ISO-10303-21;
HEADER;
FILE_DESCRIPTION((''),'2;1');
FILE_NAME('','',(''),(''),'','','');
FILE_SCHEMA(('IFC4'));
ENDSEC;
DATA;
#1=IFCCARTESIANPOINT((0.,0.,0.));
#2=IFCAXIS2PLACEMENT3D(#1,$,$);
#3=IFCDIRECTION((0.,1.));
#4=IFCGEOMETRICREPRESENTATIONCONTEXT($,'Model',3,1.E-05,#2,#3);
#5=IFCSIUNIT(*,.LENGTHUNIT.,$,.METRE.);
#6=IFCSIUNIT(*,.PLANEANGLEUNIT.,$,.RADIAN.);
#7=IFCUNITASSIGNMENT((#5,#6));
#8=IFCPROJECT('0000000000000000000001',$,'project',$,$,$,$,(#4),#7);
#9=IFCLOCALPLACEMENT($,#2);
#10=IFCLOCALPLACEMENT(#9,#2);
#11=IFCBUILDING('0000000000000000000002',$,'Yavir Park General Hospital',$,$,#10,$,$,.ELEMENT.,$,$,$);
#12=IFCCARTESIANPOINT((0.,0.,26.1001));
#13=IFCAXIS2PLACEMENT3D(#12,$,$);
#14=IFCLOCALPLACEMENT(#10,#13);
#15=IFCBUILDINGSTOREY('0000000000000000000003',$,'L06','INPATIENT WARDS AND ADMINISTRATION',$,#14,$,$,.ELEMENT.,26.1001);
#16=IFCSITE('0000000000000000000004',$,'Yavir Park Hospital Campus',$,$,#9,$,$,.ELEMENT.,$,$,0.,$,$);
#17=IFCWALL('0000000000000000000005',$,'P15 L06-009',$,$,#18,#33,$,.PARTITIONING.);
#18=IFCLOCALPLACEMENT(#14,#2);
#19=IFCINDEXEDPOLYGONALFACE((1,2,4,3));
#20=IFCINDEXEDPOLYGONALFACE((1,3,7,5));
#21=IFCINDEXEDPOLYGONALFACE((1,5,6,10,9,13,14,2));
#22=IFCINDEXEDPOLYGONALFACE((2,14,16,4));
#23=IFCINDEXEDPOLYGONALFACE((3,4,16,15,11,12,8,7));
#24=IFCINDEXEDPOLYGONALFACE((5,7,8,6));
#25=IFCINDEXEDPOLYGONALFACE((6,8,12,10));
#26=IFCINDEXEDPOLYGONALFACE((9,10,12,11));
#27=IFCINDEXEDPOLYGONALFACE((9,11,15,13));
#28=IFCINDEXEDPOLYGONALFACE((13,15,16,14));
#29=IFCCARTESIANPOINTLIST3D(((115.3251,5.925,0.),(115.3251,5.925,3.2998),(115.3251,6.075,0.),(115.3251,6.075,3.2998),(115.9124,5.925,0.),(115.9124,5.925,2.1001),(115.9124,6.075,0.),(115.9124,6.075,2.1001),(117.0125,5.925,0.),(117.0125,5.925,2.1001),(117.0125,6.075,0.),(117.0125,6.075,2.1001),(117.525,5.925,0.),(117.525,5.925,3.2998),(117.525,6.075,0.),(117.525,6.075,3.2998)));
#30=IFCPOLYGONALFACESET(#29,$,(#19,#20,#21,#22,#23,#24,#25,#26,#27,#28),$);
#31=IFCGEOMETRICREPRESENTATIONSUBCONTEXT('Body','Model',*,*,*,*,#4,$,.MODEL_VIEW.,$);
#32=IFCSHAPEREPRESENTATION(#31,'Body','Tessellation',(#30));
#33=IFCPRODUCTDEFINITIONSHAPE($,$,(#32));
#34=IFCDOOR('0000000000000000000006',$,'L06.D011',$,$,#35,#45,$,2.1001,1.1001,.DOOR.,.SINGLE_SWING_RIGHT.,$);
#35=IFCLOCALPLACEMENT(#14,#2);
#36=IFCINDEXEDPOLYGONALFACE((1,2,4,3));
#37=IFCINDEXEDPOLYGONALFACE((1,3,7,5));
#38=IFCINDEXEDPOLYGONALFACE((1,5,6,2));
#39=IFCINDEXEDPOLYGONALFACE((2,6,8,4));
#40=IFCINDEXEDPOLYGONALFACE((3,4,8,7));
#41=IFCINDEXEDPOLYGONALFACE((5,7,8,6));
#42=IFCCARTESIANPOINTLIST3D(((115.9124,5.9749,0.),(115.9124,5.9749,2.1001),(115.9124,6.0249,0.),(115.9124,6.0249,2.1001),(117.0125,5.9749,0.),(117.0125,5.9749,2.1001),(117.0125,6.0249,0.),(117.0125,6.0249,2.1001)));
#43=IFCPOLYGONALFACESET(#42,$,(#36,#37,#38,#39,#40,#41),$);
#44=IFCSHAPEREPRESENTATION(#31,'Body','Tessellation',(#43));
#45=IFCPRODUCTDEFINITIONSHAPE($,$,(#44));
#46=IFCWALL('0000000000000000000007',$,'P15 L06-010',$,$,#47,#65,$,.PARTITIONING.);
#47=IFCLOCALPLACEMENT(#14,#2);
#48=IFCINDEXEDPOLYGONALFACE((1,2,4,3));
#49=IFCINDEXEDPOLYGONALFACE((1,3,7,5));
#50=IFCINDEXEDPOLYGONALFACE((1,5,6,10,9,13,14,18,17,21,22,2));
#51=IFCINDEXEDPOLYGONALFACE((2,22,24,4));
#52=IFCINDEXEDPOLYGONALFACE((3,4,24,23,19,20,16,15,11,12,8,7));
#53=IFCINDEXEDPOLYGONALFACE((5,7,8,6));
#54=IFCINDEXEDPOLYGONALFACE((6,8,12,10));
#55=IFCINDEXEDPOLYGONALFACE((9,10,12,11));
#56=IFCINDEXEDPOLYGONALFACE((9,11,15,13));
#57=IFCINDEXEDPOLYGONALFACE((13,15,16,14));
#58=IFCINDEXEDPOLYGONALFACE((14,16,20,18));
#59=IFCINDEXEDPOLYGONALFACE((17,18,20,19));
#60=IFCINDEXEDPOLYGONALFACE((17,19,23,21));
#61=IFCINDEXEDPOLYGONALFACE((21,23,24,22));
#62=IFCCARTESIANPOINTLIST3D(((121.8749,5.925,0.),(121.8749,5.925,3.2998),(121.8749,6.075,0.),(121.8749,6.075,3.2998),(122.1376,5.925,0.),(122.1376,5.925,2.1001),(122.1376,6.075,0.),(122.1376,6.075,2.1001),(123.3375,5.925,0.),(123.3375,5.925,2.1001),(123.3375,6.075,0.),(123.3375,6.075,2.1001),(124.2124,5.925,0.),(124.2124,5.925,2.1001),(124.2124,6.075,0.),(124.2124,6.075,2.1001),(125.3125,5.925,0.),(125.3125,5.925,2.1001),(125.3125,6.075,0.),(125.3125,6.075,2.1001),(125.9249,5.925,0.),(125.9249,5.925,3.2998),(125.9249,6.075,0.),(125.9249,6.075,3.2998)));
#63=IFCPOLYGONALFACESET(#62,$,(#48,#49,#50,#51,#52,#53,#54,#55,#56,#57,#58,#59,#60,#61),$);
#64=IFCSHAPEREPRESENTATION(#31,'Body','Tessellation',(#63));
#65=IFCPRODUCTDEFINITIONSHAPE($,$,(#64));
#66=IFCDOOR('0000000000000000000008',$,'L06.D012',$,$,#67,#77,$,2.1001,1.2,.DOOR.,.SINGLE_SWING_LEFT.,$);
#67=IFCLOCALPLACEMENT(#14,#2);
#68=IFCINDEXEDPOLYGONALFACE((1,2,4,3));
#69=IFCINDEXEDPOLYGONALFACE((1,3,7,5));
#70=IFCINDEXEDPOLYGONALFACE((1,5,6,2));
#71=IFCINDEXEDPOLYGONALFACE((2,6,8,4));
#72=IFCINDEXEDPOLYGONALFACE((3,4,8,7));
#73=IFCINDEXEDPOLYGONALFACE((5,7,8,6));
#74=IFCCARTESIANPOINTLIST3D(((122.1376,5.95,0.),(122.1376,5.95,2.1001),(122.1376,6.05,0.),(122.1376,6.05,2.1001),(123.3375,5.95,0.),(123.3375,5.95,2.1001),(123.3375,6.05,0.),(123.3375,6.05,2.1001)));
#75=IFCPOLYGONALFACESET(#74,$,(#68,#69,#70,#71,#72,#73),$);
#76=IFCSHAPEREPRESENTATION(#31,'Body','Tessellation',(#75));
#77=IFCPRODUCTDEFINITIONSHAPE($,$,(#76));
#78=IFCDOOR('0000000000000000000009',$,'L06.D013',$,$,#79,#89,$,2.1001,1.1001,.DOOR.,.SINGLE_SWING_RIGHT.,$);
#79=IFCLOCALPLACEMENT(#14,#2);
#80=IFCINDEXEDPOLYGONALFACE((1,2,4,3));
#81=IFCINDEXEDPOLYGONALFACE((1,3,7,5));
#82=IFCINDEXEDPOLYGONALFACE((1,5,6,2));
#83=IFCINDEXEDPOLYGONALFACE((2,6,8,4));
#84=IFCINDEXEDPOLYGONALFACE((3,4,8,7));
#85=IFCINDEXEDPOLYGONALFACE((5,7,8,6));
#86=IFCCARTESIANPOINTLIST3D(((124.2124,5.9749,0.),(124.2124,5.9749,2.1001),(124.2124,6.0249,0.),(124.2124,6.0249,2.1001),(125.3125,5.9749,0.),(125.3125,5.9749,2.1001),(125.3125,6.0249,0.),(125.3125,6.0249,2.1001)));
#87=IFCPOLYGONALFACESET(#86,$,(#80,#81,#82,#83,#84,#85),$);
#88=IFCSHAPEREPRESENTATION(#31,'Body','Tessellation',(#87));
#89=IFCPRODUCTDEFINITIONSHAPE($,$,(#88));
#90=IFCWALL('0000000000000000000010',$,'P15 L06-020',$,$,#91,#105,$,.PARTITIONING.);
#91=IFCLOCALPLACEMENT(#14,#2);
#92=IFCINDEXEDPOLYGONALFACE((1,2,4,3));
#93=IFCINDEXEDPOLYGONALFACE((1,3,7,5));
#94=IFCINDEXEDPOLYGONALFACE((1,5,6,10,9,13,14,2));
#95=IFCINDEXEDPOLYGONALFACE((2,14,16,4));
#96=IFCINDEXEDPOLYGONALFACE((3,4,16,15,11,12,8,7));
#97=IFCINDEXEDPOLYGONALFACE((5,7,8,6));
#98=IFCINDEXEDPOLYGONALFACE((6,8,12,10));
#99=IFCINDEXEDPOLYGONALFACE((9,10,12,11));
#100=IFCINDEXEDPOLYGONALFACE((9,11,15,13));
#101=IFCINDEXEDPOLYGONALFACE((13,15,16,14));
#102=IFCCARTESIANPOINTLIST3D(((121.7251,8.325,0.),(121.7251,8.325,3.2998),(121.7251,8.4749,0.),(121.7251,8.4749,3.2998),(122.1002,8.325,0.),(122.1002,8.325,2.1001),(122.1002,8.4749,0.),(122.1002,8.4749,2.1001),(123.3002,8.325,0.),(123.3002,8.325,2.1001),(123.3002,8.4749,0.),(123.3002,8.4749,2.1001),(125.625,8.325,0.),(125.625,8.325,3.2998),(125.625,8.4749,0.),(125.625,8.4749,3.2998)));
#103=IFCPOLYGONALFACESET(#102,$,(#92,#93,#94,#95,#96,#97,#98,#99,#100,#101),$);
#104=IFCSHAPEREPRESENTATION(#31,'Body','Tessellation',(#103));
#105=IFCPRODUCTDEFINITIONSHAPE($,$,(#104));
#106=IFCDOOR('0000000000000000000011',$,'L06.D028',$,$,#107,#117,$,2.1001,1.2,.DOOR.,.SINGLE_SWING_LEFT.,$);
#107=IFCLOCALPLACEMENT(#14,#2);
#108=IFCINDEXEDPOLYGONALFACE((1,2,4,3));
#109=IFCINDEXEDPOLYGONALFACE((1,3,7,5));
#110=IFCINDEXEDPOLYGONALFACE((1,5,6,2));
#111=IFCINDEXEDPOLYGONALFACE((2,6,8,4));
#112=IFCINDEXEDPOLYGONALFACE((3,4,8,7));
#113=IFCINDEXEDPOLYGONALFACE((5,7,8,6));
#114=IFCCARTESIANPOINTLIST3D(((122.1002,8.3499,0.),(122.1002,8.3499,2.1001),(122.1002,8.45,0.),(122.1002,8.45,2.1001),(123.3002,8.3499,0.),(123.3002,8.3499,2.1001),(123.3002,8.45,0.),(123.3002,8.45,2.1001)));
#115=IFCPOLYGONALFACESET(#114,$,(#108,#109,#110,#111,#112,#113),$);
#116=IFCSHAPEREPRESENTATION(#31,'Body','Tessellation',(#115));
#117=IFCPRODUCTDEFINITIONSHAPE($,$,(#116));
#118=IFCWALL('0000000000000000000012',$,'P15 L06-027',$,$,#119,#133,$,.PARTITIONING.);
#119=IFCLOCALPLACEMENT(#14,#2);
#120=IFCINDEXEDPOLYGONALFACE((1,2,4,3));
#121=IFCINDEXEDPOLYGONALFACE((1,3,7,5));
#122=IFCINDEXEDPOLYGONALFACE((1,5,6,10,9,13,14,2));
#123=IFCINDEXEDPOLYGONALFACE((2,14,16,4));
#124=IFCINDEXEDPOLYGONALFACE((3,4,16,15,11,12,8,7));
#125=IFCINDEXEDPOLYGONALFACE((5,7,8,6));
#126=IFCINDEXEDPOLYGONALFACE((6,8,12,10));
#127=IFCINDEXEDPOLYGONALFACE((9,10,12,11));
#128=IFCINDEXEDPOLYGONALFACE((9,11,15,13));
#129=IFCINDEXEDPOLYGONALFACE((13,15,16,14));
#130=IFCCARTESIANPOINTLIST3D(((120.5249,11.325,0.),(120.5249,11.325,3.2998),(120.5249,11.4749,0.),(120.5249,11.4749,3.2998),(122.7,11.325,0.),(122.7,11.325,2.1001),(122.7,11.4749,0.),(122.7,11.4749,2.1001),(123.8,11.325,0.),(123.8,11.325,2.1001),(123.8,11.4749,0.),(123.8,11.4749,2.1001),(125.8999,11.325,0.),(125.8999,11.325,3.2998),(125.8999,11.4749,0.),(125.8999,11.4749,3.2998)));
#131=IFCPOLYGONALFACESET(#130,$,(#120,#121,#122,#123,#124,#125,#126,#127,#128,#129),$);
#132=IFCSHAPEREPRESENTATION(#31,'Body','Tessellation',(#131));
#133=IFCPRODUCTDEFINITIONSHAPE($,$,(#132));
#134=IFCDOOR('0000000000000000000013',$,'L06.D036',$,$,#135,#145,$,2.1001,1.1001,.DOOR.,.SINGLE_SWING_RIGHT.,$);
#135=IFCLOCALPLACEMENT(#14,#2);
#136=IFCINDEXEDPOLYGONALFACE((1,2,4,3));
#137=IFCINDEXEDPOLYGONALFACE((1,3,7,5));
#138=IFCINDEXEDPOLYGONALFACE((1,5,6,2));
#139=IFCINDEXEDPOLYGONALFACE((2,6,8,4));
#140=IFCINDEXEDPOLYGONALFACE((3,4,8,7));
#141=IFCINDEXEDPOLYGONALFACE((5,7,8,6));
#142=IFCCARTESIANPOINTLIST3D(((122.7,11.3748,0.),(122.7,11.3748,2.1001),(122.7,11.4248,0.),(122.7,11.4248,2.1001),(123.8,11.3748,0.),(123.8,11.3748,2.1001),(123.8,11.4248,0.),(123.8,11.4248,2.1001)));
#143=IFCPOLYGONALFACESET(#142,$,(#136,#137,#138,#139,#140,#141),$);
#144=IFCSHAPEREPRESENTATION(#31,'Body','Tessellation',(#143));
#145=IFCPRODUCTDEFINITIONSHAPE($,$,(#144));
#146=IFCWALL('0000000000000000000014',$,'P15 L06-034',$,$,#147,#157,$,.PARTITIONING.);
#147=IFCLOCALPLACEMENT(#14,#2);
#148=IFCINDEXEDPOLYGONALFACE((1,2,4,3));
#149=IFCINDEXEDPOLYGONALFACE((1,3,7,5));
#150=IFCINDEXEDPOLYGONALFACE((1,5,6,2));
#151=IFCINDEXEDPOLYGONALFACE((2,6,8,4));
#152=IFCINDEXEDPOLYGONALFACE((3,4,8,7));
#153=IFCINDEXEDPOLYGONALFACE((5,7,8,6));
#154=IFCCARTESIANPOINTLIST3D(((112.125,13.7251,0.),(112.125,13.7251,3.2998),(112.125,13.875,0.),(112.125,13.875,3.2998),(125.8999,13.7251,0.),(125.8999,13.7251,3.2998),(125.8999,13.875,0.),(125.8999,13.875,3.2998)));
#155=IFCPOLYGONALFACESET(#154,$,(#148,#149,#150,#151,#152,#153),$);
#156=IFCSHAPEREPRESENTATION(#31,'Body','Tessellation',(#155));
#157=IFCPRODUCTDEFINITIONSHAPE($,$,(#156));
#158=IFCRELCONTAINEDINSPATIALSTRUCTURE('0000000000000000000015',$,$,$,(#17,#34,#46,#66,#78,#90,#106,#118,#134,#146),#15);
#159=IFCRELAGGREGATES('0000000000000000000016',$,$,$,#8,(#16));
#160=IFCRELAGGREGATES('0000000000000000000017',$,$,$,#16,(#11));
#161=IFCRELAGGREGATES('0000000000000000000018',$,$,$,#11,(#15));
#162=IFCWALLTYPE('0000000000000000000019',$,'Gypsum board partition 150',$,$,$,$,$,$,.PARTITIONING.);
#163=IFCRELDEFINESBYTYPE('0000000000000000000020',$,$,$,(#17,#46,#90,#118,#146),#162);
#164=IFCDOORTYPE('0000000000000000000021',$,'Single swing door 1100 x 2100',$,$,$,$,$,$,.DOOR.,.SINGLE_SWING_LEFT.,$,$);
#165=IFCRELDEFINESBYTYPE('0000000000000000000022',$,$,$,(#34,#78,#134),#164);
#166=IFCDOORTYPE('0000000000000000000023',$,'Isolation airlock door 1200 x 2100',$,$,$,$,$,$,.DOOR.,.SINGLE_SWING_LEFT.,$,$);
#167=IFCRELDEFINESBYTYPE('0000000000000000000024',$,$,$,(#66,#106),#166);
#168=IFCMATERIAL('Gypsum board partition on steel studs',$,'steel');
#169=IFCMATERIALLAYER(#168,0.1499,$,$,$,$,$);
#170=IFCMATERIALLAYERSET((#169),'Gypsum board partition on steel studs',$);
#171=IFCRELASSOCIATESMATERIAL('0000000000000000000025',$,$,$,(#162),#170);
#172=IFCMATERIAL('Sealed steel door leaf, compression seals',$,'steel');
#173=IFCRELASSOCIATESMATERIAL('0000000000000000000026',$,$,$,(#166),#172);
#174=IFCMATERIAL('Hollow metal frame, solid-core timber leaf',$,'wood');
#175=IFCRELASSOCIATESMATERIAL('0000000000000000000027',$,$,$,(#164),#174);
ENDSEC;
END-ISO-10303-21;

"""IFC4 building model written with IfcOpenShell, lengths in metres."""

from ifc_helpers import new_model, si_unit, direction, frame, frame_2d, origin, place, context, subcontext, project, spatial, rectangle, extrude, material, layer, layer_set, type_object, element, fill, save


model = new_model("IFC4")

# Units and contexts
model_context = context("Model", 3, precision=1e-05, world=origin(), true_north=direction((0.0, 1.0)))
body_context = subcontext(model_context, "Body", "Model", "MODEL_VIEW")
ifc_project = project(units=[si_unit("LENGTHUNIT", "METRE"), si_unit("PLANEANGLEUNIT", "RADIAN")], contexts=[model_context])

# Site, building, storey
site_placement = place(None, origin())
site = spatial("IfcSite", under=ifc_project, at=site_placement, Name="Yavir Park Hospital Campus", CompositionType="ELEMENT", RefElevation=0.0)
building_placement = place(site_placement, origin())
building = spatial("IfcBuilding", under=site, at=building_placement, Name="Yavir Park General Hospital", CompositionType="ELEMENT")
storey_placement = place(building_placement, frame((0.0, 0.0, 26.1001)))
storey = spatial("IfcBuildingStorey", under=building, at=storey_placement, Name="L06", Description="INPATIENT WARDS AND ADMINISTRATION", CompositionType="ELEMENT", Elevation=26.1001)

# Shared definitions
ifc_material_1 = material(Name="Gypsum board partition on steel studs", Category="steel")
ifc_layer_1 = layer(ifc_material_1, 0.1499)
ifc_layer_set_1 = layer_set([ifc_layer_1], Name="Gypsum board partition on steel studs")
wall_type_1 = type_object("IfcWallType", Name="Gypsum board partition 150", PredefinedType="PARTITIONING", material=ifc_layer_set_1)
ifc_material_2 = material(Name="Sealed steel door leaf, compression seals", Category="steel")
door_type_1 = type_object("IfcDoorType", Name="Isolation airlock door 1200 x 2100", OperationType="SINGLE_SWING_LEFT", PredefinedType="DOOR", material=ifc_material_2)
ifc_material_3 = material(Name="Hollow metal frame, solid-core timber leaf", Category="wood")
door_type_2 = type_object("IfcDoorType", Name="Single swing door 1100 x 2100", OperationType="SINGLE_SWING_LEFT", PredefinedType="DOOR", material=ifc_material_3)

# Wall, opening, door
wall_1_placement = place(storey_placement, frame((115.325, 6.0, 0.0), z_axis=(0.0, 0.0, 1.0), x_axis=(1.0, 0.0, 0.0)))
wall_1 = element("IfcWall", 1, at=wall_1_placement, inside=storey, type_object=wall_type_1, Name="P15 L06-009", PredefinedType="PARTITIONING", context=body_context, shape_type="SweptSolid", body=[
    extrude(rectangle(XDim=2.2, YDim=0.1499, at=frame_2d((1.1001, 0.0))), origin(), (0.0, 0.0, 1.0), 3.2998),
])
opening_1_placement = place(wall_1_placement, frame((0.5874, 0.0, 0.0)))
opening_1 = element("IfcOpeningElement", 2, at=opening_1_placement, cuts=wall_1, PredefinedType="OPENING", context=body_context, shape_type="SweptSolid", body=[
    extrude(rectangle(XDim=1.1001, YDim=2.1001, at=frame_2d((0.55, 1.05))), frame((0.0, 0.085, 0.0), z_axis=(0.0, -1.0, 0.0), x_axis=(1.0, 0.0, 0.0)), (0.0, 0.0, 1.0), 0.1699),
])
door_1_placement = place(opening_1_placement, origin())
door_1 = element("IfcDoor", 3, at=door_1_placement, inside=storey, type_object=door_type_2, Name="L06.D011", OperationType="SINGLE_SWING_RIGHT", OverallHeight=2.1001, OverallWidth=1.1001, PredefinedType="DOOR", context=body_context, shape_type="SweptSolid", body=[
    extrude(rectangle(XDim=1.1001, YDim=2.1001, at=frame_2d((0.55, 1.05))), frame((0.0, 0.0249, 0.0), z_axis=(0.0, -1.0, 0.0), x_axis=(1.0, 0.0, 0.0)), (0.0, 0.0, 1.0), 0.05),
])
fill(opening_1, door_1)

# Wall, openings, doors
wall_2_placement = place(storey_placement, frame((121.875, 6.0, 0.0), z_axis=(0.0, 0.0, 1.0), x_axis=(1.0, 0.0, 0.0)))
wall_2 = element("IfcWall", 4, at=wall_2_placement, inside=storey, type_object=wall_type_1, Name="P15 L06-010", PredefinedType="PARTITIONING", context=body_context, shape_type="SweptSolid", body=[
    extrude(rectangle(XDim=4.05, YDim=0.1499, at=frame_2d((2.0249, 0.0))), origin(), (0.0, 0.0, 1.0), 3.2998),
])
opening_2_placement = place(wall_2_placement, frame((0.2625, 0.0, 0.0)))
opening_2 = element("IfcOpeningElement", 5, at=opening_2_placement, cuts=wall_2, PredefinedType="OPENING", context=body_context, shape_type="SweptSolid", body=[
    extrude(rectangle(XDim=1.2, YDim=2.1001, at=frame_2d((0.6001, 1.05))), frame((0.0, 0.085, 0.0), z_axis=(0.0, -1.0, 0.0), x_axis=(1.0, 0.0, 0.0)), (0.0, 0.0, 1.0), 0.1699),
])
opening_3_placement = place(wall_2_placement, frame((2.3374, 0.0, 0.0)))
opening_3 = element("IfcOpeningElement", 6, at=opening_3_placement, cuts=wall_2, PredefinedType="OPENING", context=body_context, shape_type="SweptSolid", body=[
    extrude(rectangle(XDim=1.1001, YDim=2.1001, at=frame_2d((0.55, 1.05))), frame((0.0, 0.085, 0.0), z_axis=(0.0, -1.0, 0.0), x_axis=(1.0, 0.0, 0.0)), (0.0, 0.0, 1.0), 0.1699),
])
door_2_placement = place(opening_2_placement, origin())
door_2 = element("IfcDoor", 7, at=door_2_placement, inside=storey, type_object=door_type_1, Name="L06.D012", OperationType="SINGLE_SWING_LEFT", OverallHeight=2.1001, OverallWidth=1.2, PredefinedType="DOOR", context=body_context, shape_type="SweptSolid", body=[
    extrude(rectangle(XDim=1.2, YDim=2.1001, at=frame_2d((0.6001, 1.05))), frame((0.0, 0.05, 0.0), z_axis=(0.0, -1.0, 0.0), x_axis=(1.0, 0.0, 0.0)), (0.0, 0.0, 1.0), 0.1001),
])
fill(opening_2, door_2)
door_3_placement = place(opening_3_placement, origin())
door_3 = element("IfcDoor", 8, at=door_3_placement, inside=storey, type_object=door_type_2, Name="L06.D013", OperationType="SINGLE_SWING_RIGHT", OverallHeight=2.1001, OverallWidth=1.1001, PredefinedType="DOOR", context=body_context, shape_type="SweptSolid", body=[
    extrude(rectangle(XDim=1.1001, YDim=2.1001, at=frame_2d((0.55, 1.05))), frame((0.0, 0.0249, 0.0), z_axis=(0.0, -1.0, 0.0), x_axis=(1.0, 0.0, 0.0)), (0.0, 0.0, 1.0), 0.05),
])
fill(opening_3, door_3)

# Walls, openings, doors
wall_3_placement = place(storey_placement, frame((121.7251, 8.3999, 0.0), z_axis=(0.0, 0.0, 1.0), x_axis=(1.0, 0.0, 0.0)))
wall_3 = element("IfcWall", 9, at=wall_3_placement, inside=storey, type_object=wall_type_1, Name="P15 L06-020", PredefinedType="PARTITIONING", context=body_context, shape_type="SweptSolid", body=[
    extrude(rectangle(XDim=3.8999, YDim=0.1499, at=frame_2d((1.95, 0.0))), origin(), (0.0, 0.0, 1.0), 3.2998),
])
opening_4_placement = place(wall_3_placement, frame((0.375, 0.0, 0.0)))
opening_4 = element("IfcOpeningElement", 10, at=opening_4_placement, cuts=wall_3, PredefinedType="OPENING", context=body_context, shape_type="SweptSolid", body=[
    extrude(rectangle(XDim=1.2, YDim=2.1001, at=frame_2d((0.6001, 1.05))), frame((0.0, 0.085, 0.0), z_axis=(0.0, -1.0, 0.0), x_axis=(1.0, 0.0, 0.0)), (0.0, 0.0, 1.0), 0.1699),
])
door_4_placement = place(opening_4_placement, origin())
door_4 = element("IfcDoor", 11, at=door_4_placement, inside=storey, type_object=door_type_1, Name="L06.D028", OperationType="SINGLE_SWING_LEFT", OverallHeight=2.1001, OverallWidth=1.2, PredefinedType="DOOR", context=body_context, shape_type="SweptSolid", body=[
    extrude(rectangle(XDim=1.2, YDim=2.1001, at=frame_2d((0.6001, 1.05))), frame((0.0, 0.05, 0.0), z_axis=(0.0, -1.0, 0.0), x_axis=(1.0, 0.0, 0.0)), (0.0, 0.0, 1.0), 0.1001),
])
fill(opening_4, door_4)
wall_4_placement = place(storey_placement, frame((120.5249, 11.3999, 0.0), z_axis=(0.0, 0.0, 1.0), x_axis=(1.0, 0.0, 0.0)))
wall_4 = element("IfcWall", 12, at=wall_4_placement, inside=storey, type_object=wall_type_1, Name="P15 L06-027", PredefinedType="PARTITIONING", context=body_context, shape_type="SweptSolid", body=[
    extrude(rectangle(XDim=5.375, YDim=0.1499, at=frame_2d((2.6875, 0.0))), origin(), (0.0, 0.0, 1.0), 3.2998),
])
opening_5_placement = place(wall_4_placement, frame((2.175, 0.0, 0.0)))
opening_5 = element("IfcOpeningElement", 13, at=opening_5_placement, cuts=wall_4, PredefinedType="OPENING", context=body_context, shape_type="SweptSolid", body=[
    extrude(rectangle(XDim=1.1001, YDim=2.1001, at=frame_2d((0.55, 1.05))), frame((0.0, 0.085, 0.0), z_axis=(0.0, -1.0, 0.0), x_axis=(1.0, 0.0, 0.0)), (0.0, 0.0, 1.0), 0.1699),
])
door_5_placement = place(opening_5_placement, origin())
door_5 = element("IfcDoor", 14, at=door_5_placement, inside=storey, type_object=door_type_2, Name="L06.D036", OperationType="SINGLE_SWING_RIGHT", OverallHeight=2.1001, OverallWidth=1.1001, PredefinedType="DOOR", context=body_context, shape_type="SweptSolid", body=[
    extrude(rectangle(XDim=1.1001, YDim=2.1001, at=frame_2d((0.55, 1.05))), frame((0.0, 0.0249, 0.0), z_axis=(0.0, -1.0, 0.0), x_axis=(1.0, 0.0, 0.0)), (0.0, 0.0, 1.0), 0.05),
])
fill(opening_5, door_5)

# Wall
wall_5_placement = place(storey_placement, frame((112.125, 13.8, 0.0), z_axis=(0.0, 0.0, 1.0), x_axis=(1.0, 0.0, 0.0)))
element("IfcWall", 15, at=wall_5_placement, inside=storey, type_object=wall_type_1, Name="P15 L06-034", PredefinedType="PARTITIONING", context=body_context, shape_type="SweptSolid", body=[
    extrude(rectangle(XDim=13.7749, YDim=0.1499, at=frame_2d((6.8875, 0.0))), origin(), (0.0, 0.0, 1.0), 3.2998),
])

save(model, "model.ifc")
